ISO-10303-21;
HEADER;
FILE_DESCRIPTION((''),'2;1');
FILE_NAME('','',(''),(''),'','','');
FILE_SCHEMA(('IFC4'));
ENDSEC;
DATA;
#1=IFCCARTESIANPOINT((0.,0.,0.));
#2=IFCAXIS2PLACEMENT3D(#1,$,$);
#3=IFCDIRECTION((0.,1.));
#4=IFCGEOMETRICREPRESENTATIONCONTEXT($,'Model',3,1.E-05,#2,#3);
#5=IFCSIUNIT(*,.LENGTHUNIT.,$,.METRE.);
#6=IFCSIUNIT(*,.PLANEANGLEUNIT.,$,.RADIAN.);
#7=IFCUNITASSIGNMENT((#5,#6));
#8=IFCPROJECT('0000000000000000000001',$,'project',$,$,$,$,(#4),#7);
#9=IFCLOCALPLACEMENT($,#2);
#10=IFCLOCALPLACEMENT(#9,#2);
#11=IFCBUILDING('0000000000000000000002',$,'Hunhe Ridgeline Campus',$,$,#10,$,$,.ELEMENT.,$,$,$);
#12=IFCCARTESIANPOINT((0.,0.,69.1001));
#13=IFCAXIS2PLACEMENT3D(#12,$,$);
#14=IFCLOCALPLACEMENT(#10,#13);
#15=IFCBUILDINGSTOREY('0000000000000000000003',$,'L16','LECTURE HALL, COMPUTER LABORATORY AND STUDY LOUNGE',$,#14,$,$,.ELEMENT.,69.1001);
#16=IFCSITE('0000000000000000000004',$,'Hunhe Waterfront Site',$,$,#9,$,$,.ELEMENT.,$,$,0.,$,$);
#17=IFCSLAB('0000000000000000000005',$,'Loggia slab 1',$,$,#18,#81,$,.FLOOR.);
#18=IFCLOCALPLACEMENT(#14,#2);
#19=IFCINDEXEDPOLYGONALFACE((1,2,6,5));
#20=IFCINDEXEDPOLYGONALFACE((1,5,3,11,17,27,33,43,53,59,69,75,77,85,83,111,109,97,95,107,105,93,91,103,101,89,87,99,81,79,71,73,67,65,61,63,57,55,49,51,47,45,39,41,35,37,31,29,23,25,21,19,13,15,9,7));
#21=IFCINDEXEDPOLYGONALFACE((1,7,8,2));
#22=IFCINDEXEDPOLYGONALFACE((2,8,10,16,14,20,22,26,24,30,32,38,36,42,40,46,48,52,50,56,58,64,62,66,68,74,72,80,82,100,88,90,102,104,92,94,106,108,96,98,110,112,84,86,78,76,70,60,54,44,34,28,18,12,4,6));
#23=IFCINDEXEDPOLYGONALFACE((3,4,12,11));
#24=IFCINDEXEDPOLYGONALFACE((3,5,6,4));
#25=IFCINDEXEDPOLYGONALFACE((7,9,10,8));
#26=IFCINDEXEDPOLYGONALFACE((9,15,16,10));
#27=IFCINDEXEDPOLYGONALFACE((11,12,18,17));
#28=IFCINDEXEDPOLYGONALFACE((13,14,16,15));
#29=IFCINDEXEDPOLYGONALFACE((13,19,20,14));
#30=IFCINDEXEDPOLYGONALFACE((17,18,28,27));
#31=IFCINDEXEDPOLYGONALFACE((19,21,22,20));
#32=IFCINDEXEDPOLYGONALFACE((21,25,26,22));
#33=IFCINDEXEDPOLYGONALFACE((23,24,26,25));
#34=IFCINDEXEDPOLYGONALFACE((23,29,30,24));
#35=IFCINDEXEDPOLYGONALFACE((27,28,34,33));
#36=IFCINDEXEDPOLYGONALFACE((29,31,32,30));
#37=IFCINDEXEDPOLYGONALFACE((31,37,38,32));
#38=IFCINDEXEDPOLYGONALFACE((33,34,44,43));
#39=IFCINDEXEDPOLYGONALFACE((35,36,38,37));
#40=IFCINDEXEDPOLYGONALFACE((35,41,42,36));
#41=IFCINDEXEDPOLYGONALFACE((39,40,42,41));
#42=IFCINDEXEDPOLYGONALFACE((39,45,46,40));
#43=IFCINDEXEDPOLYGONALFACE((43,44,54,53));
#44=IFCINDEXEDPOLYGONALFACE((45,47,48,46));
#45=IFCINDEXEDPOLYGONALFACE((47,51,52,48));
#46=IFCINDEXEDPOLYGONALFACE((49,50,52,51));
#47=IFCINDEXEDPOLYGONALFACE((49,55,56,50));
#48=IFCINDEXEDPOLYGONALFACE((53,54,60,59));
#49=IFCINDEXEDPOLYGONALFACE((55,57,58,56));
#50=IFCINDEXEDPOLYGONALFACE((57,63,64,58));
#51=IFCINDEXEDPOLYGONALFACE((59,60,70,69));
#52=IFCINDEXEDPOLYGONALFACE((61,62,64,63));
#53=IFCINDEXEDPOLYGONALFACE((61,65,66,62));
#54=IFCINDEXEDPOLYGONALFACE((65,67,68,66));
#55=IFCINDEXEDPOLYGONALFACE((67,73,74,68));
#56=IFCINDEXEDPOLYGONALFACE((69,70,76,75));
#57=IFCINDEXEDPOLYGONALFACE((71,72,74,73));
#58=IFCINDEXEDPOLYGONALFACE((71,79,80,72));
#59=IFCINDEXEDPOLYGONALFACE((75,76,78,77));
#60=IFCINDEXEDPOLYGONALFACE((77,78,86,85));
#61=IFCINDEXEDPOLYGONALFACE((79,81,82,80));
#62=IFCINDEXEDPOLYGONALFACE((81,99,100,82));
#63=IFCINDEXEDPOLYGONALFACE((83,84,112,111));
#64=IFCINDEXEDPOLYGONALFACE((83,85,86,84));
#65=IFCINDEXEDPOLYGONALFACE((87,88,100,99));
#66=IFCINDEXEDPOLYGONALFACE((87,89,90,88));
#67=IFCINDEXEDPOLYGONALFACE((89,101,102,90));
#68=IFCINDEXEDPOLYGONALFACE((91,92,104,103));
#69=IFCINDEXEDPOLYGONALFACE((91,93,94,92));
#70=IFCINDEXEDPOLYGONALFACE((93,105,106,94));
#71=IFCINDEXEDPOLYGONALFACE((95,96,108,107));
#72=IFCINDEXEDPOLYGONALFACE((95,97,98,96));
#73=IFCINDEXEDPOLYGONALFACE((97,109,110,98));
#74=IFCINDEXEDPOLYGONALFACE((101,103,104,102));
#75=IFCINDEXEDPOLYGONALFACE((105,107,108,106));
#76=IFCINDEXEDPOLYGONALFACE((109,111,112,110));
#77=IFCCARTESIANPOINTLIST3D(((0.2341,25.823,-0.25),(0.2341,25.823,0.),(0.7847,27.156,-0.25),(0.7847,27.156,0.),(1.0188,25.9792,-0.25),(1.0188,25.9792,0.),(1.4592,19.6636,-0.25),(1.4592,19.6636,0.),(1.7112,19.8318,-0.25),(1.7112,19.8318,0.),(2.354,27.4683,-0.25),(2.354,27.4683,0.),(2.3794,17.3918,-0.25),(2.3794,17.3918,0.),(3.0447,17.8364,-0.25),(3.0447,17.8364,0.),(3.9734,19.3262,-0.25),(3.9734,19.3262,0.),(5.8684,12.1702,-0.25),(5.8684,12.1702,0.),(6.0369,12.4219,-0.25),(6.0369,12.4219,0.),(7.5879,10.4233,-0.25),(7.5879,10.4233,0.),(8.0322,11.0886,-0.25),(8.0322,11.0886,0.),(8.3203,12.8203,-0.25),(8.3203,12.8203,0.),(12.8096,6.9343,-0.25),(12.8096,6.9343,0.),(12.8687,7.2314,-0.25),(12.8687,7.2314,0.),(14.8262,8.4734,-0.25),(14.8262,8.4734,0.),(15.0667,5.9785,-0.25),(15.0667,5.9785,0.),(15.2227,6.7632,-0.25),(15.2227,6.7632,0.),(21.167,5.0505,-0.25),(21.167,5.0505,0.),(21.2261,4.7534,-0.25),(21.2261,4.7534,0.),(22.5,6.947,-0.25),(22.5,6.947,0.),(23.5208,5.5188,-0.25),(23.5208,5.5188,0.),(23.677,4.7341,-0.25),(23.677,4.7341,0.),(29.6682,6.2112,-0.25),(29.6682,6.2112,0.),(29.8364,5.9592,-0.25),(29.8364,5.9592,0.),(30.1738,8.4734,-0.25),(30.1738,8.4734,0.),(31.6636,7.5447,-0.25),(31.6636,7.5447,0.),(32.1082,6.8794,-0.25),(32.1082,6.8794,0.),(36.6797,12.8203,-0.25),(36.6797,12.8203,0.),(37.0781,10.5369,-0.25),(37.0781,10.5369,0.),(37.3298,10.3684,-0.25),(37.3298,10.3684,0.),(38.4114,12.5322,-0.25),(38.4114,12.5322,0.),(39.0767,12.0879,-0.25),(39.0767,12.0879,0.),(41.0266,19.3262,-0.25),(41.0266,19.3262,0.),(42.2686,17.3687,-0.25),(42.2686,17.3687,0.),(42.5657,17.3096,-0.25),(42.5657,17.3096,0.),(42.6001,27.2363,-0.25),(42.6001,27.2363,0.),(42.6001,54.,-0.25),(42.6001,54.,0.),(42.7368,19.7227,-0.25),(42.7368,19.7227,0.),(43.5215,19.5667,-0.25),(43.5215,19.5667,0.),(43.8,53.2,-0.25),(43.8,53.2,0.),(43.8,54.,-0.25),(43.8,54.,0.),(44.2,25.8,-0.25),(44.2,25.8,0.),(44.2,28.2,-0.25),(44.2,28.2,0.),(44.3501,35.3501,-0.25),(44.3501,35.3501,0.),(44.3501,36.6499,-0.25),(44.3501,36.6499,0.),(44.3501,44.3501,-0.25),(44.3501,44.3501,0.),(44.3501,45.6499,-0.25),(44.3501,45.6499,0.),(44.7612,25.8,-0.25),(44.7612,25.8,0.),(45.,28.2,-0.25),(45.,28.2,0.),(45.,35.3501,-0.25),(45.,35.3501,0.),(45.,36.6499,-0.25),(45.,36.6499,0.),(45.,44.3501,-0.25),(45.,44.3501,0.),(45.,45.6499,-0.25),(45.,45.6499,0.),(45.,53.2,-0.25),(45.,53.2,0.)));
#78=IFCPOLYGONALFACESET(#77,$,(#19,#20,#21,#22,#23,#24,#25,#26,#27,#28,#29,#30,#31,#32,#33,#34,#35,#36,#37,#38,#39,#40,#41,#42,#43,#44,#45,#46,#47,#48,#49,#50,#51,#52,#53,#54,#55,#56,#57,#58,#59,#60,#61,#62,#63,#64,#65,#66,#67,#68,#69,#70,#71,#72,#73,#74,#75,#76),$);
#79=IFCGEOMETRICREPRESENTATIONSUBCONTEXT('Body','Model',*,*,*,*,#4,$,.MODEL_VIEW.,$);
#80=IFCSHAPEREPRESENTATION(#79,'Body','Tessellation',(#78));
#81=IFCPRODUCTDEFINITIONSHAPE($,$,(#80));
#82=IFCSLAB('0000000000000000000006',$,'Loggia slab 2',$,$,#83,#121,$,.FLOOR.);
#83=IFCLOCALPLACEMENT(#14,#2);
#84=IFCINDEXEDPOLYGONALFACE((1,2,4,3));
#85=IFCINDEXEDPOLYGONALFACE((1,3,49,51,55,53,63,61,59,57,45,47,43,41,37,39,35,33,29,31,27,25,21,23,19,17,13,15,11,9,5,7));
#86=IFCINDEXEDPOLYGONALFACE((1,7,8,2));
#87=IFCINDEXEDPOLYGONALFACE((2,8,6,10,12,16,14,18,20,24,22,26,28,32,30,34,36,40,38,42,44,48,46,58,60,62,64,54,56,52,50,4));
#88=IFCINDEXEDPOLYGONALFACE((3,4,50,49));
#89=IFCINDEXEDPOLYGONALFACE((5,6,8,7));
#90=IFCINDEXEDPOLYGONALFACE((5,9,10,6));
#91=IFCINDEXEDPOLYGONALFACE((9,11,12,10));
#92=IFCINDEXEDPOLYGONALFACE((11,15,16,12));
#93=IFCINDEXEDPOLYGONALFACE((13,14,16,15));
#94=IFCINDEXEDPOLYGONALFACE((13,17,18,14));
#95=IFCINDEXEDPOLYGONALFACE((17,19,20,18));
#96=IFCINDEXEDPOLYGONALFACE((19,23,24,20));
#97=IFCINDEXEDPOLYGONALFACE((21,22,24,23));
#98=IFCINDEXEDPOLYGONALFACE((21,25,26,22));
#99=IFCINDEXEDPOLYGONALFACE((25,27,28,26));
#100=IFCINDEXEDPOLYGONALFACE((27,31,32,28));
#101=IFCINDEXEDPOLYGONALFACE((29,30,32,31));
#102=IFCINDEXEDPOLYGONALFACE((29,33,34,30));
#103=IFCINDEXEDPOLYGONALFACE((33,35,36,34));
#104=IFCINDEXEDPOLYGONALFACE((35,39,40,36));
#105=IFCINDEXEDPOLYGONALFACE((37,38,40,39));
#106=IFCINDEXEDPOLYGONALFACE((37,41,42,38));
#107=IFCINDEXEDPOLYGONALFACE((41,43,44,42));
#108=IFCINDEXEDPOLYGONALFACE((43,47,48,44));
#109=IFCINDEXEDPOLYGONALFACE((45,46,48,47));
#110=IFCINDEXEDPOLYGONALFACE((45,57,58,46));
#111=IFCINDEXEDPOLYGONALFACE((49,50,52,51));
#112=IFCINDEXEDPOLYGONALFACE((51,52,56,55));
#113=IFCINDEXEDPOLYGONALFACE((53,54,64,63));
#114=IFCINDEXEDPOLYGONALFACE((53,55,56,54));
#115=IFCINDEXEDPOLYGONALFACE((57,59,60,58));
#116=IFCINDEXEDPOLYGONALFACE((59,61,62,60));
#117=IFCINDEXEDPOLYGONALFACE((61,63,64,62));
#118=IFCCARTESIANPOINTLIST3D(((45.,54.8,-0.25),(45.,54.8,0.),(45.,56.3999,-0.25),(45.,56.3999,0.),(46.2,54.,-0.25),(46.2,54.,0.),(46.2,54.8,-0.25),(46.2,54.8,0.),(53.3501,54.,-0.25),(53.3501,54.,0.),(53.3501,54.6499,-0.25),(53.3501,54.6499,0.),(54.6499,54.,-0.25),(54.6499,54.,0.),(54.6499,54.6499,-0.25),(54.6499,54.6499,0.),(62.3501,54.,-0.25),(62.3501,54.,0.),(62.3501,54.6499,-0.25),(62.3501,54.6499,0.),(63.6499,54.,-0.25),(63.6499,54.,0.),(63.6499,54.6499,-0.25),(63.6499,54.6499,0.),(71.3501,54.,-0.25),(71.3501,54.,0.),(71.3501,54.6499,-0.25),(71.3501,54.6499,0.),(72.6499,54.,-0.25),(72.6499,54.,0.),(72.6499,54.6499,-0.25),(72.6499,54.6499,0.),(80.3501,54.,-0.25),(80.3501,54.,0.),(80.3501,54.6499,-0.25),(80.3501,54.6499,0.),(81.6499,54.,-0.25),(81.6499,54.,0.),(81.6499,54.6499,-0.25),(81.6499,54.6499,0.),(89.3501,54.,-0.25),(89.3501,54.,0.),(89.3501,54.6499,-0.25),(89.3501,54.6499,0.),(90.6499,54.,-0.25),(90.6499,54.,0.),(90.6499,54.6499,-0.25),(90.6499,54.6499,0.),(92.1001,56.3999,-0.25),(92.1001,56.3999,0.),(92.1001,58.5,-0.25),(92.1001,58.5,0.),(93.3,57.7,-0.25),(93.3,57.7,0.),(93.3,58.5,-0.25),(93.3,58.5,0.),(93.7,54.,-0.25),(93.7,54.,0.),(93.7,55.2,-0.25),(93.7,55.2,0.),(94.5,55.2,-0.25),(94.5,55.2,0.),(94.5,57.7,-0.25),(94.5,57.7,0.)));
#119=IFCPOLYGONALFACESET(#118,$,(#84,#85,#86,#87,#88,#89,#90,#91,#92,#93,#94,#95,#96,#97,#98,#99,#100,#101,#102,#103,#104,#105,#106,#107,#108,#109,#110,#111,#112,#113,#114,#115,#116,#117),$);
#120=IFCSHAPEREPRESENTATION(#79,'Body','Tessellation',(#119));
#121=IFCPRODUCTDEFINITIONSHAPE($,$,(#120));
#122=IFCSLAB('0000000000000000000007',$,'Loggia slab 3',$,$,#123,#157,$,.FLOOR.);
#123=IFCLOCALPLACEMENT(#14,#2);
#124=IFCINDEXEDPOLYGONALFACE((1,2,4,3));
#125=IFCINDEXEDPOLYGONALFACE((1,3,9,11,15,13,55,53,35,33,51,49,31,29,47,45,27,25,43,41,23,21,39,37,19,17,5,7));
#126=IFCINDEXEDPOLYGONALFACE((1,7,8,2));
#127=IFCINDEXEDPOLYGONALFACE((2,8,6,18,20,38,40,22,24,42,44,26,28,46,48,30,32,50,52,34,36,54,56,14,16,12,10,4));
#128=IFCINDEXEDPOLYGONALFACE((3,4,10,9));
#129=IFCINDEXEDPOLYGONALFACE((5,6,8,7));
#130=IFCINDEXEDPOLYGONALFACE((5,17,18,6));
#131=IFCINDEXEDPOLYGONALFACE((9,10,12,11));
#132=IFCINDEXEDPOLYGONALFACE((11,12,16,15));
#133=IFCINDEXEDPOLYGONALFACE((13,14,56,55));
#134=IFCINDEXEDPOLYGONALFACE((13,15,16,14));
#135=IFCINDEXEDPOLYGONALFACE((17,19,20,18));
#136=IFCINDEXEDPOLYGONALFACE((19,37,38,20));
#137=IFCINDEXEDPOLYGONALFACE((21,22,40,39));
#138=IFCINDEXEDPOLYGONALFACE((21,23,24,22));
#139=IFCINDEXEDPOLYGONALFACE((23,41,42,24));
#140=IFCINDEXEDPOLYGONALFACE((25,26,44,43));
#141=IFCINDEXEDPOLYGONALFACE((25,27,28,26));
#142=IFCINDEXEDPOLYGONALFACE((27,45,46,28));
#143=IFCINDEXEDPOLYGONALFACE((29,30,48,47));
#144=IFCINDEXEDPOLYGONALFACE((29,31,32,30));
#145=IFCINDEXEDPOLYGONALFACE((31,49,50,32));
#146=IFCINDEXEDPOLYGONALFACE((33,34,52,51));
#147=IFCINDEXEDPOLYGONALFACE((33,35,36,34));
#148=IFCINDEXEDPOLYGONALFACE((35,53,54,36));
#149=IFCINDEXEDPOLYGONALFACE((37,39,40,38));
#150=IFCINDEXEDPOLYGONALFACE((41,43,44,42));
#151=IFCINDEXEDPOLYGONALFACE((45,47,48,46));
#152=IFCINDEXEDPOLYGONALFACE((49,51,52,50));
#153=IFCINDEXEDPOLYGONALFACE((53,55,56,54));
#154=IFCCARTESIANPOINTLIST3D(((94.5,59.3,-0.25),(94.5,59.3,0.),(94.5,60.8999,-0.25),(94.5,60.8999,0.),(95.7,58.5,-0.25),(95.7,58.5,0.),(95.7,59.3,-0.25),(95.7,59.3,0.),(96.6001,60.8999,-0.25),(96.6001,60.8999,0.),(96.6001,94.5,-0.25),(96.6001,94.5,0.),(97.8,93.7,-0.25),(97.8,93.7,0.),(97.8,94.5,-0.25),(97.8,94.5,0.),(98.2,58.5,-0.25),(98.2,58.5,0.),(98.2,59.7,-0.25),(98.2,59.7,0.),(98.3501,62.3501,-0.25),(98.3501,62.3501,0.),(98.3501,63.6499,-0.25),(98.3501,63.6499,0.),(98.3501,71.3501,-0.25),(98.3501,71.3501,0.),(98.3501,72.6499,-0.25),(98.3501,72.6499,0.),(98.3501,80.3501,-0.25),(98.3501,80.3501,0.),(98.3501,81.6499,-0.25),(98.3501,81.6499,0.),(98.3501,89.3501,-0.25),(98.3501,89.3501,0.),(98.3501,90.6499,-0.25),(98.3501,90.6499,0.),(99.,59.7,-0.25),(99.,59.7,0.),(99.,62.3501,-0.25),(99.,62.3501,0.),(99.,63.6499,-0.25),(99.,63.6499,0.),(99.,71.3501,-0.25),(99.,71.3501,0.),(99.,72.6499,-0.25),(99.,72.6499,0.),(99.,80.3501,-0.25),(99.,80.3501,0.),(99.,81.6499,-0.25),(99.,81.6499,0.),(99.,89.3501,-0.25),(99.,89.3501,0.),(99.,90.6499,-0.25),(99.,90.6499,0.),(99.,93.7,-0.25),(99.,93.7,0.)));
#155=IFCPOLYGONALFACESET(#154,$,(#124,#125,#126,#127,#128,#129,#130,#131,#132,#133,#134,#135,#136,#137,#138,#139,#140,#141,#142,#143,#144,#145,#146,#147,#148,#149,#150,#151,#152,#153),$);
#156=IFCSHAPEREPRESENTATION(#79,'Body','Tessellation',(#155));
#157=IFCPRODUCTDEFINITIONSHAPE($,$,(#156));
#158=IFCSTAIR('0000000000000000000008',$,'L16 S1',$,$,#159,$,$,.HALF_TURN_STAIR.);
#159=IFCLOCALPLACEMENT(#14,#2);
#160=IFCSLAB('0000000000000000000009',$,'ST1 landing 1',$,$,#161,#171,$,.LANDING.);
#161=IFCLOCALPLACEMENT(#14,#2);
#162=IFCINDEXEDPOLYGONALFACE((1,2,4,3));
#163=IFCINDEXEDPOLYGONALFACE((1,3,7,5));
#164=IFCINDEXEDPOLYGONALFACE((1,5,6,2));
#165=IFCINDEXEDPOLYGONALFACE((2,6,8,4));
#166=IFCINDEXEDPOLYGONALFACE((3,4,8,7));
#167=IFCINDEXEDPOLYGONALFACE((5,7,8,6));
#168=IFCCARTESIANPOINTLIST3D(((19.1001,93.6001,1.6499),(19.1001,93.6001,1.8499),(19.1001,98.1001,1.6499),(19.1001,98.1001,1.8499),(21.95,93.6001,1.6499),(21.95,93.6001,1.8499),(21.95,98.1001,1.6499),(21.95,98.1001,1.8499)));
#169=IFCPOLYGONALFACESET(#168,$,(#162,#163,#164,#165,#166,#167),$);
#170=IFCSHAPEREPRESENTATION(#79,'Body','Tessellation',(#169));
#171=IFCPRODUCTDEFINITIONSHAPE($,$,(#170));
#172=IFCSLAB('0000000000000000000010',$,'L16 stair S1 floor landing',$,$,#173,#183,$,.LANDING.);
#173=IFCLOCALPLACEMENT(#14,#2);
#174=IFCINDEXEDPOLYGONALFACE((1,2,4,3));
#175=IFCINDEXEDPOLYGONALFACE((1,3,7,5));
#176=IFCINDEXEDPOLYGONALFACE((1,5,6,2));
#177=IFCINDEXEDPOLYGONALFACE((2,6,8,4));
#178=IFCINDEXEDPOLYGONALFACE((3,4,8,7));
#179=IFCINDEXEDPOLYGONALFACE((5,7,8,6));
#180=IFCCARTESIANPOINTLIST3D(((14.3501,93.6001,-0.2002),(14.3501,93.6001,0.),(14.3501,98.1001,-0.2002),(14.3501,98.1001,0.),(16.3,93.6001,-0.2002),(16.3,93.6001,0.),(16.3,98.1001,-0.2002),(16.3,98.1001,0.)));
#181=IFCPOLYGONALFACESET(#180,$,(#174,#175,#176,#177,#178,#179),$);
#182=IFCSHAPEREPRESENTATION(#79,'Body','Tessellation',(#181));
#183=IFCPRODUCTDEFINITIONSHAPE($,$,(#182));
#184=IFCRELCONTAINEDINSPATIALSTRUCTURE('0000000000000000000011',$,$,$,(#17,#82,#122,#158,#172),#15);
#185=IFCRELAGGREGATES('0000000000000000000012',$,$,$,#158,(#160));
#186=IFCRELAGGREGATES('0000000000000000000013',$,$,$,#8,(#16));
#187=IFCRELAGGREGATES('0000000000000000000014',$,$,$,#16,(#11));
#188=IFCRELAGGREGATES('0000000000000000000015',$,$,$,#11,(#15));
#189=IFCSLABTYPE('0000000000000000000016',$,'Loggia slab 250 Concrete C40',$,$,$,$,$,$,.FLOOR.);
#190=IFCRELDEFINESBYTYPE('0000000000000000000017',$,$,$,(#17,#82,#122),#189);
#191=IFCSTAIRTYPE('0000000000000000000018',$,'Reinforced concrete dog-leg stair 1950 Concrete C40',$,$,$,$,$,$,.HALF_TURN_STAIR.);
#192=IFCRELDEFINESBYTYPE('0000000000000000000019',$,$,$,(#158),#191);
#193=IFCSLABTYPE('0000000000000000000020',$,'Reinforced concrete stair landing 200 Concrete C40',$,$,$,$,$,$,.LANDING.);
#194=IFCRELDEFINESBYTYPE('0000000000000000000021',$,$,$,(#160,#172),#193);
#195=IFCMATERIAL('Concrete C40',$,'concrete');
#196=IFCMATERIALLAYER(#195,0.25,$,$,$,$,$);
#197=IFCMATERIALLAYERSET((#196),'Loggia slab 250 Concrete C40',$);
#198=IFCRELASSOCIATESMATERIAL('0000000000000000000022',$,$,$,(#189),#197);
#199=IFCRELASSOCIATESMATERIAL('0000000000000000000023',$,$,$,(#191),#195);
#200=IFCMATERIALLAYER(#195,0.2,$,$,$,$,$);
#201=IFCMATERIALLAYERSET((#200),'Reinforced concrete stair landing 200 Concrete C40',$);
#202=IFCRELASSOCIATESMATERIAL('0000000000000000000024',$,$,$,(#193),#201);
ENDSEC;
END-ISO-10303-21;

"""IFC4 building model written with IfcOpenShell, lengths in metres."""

from ifc_helpers import new_model, si_unit, direction, frame, origin, place, context, subcontext, project, spatial, polyline, outline, extrude, material, layer, layer_set, type_object, element, aggregate, save


model = new_model("IFC4")

# Units and contexts
model_context = context("Model", 3, precision=1e-05, world=origin(), true_north=direction((0.0, 1.0)))
body_context = subcontext(model_context, "Body", "Model", "MODEL_VIEW")
ifc_project = project(units=[si_unit("LENGTHUNIT", "METRE"), si_unit("PLANEANGLEUNIT", "RADIAN")], contexts=[model_context])

# Site, building, storey
site_placement = place(None, origin())
site = spatial("IfcSite", under=ifc_project, at=site_placement, Name="Hunhe Waterfront Site", CompositionType="ELEMENT", RefElevation=0.0)
building_placement = place(site_placement, origin())
building = spatial("IfcBuilding", under=site, at=building_placement, Name="Hunhe Ridgeline Campus", CompositionType="ELEMENT")
storey_placement = place(building_placement, frame((0.0, 0.0, 69.1001)))
storey = spatial("IfcBuildingStorey", under=building, at=storey_placement, Name="L16", Description="LECTURE HALL, COMPUTER LABORATORY AND STUDY LOUNGE", CompositionType="ELEMENT", Elevation=69.1001)

# Slabs
ifc_material_1 = material(Name="Concrete C40", Category="concrete")
ifc_layer_1 = layer(ifc_material_1, 0.25)
ifc_layer_set_1 = layer_set([ifc_layer_1], Name="Loggia slab 250 Concrete C40")
slab_type_1 = type_object("IfcSlabType", Name="Loggia slab 250 Concrete C40", PredefinedType="FLOOR", material=ifc_layer_set_1)
slab_1_placement = place(storey_placement, frame((0.0, 0.0, -0.25)))
element("IfcSlab", 1, at=slab_1_placement, inside=storey, type_object=slab_type_1, Name="Loggia slab 1", PredefinedType="FLOOR", context=body_context, shape_type="SweptSolid", body=[
    extrude(outline(polyline([(30.1738, 8.4734), (22.5, 6.947), (14.8262, 8.4734), (8.3203, 12.8203), (3.9734, 19.3262), (2.354, 27.4683), (0.7847, 27.156), (1.0188, 25.9792), (0.2341, 25.823), (1.4592, 19.6636), (1.7112, 19.8318), (3.0447, 17.8364), (2.3794, 17.3918), (5.8684, 12.1702), (6.0369, 12.4219), (8.0322, 11.0886), (7.5879, 10.4233), (12.8096, 6.9343), (12.8687, 7.2314), (15.2227, 6.7632), (15.0667, 5.9785), (21.2261, 4.7534), (21.167, 5.0505), (23.5208, 5.5188), (23.677, 4.7341), (29.8364, 5.9592), (29.6682, 6.2112), (31.6636, 7.5447), (32.1082, 6.8794), (37.3298, 10.3684), (37.0781, 10.5369), (38.4114, 12.5322), (39.0767, 12.0879), (42.5657, 17.3096), (42.2686, 17.3687), (42.7368, 19.7227), (43.5215, 19.5667), (44.7612, 25.8), (44.2, 25.8), (44.2, 28.2), (45.0, 28.2), (45.0, 35.3501), (44.3501, 35.3501), (44.3501, 36.6499), (45.0, 36.6499), (45.0, 44.3501), (44.3501, 44.3501), (44.3501, 45.6499), (45.0, 45.6499), (45.0, 53.2), (43.8, 53.2), (43.8, 54.0), (42.6001, 54.0), (42.6001, 27.2363), (41.0266, 19.3262), (36.6797, 12.8203), (30.1738, 8.4734)])), origin(), (0.0, 0.0, 1.0), 0.25),
])
slab_2_placement = place(storey_placement, frame((0.0, 0.0, -0.25)))
element("IfcSlab", 2, at=slab_2_placement, inside=storey, type_object=slab_type_1, Name="Loggia slab 2", PredefinedType="FLOOR", context=body_context, shape_type="SweptSolid", body=[
    extrude(outline(polyline([(45.0, 54.8), (46.2, 54.8), (46.2, 54.0), (53.3501, 54.0), (53.3501, 54.6499), (54.6499, 54.6499), (54.6499, 54.0), (62.3501, 54.0), (62.3501, 54.6499), (63.6499, 54.6499), (63.6499, 54.0), (71.3501, 54.0), (71.3501, 54.6499), (72.6499, 54.6499), (72.6499, 54.0), (80.3501, 54.0), (80.3501, 54.6499), (81.6499, 54.6499), (81.6499, 54.0), (89.3501, 54.0), (89.3501, 54.6499), (90.6499, 54.6499), (90.6499, 54.0), (93.7, 54.0), (93.7, 55.2), (94.5, 55.2), (94.5, 57.7), (93.3, 57.7), (93.3, 58.5), (92.1001, 58.5), (92.1001, 56.3999), (45.0, 56.3999), (45.0, 54.8)])), origin(), (0.0, 0.0, 1.0), 0.25),
])
slab_3_placement = place(storey_placement, frame((0.0, 0.0, -0.25)))
element("IfcSlab", 3, at=slab_3_placement, inside=storey, type_object=slab_type_1, Name="Loggia slab 3", PredefinedType="FLOOR", context=body_context, shape_type="SweptSolid", body=[
    extrude(outline(polyline([(94.5, 59.3), (95.7, 59.3), (95.7, 58.5), (98.2, 58.5), (98.2, 59.7), (99.0, 59.7), (99.0, 62.3501), (98.3501, 62.3501), (98.3501, 63.6499), (99.0, 63.6499), (99.0, 71.3501), (98.3501, 71.3501), (98.3501, 72.6499), (99.0, 72.6499), (99.0, 80.3501), (98.3501, 80.3501), (98.3501, 81.6499), (99.0, 81.6499), (99.0, 89.3501), (98.3501, 89.3501), (98.3501, 90.6499), (99.0, 90.6499), (99.0, 93.7), (97.8, 93.7), (97.8, 94.5), (96.6001, 94.5), (96.6001, 60.8999), (94.5, 60.8999), (94.5, 59.3)])), origin(), (0.0, 0.0, 1.0), 0.25),
])

# Stair, slab
stair_type = type_object("IfcStairType", Name="Reinforced concrete dog-leg stair 1950 Concrete C40", PredefinedType="HALF_TURN_STAIR", material=ifc_material_1)
stair_1_placement = place(storey_placement, origin())
stair_1 = element("IfcStair", 4, at=stair_1_placement, inside=storey, type_object=stair_type, Name="L16 S1", PredefinedType="HALF_TURN_STAIR")
ifc_layer_2 = layer(ifc_material_1, 0.2)
ifc_layer_set_2 = layer_set([ifc_layer_2], Name="Reinforced concrete stair landing 200 Concrete C40")
slab_type_2 = type_object("IfcSlabType", Name="Reinforced concrete stair landing 200 Concrete C40", PredefinedType="LANDING", material=ifc_layer_set_2)
slab_4_placement = place(storey_placement, frame((0.0, 0.0, 1.6499)))
slab_4 = element("IfcSlab", 5, at=slab_4_placement, type_object=slab_type_2, Name="ST1 landing 1", PredefinedType="LANDING", context=body_context, shape_type="SweptSolid", body=[
    extrude(outline(polyline([(19.1001, 93.6001), (21.95, 93.6001), (21.95, 98.1001), (19.1001, 98.1001), (19.1001, 93.6001)])), origin(), (0.0, 0.0, 1.0), 0.2),
])
aggregate(stair_1, [slab_4])

# Slab
slab_5_placement = place(storey_placement, frame((0.0, 0.0, -0.2002)))
element("IfcSlab", 6, at=slab_5_placement, inside=storey, type_object=slab_type_2, Name="L16 stair S1 floor landing", PredefinedType="LANDING", context=body_context, shape_type="SweptSolid", body=[
    extrude(outline(polyline([(14.3501, 93.6001), (16.3, 93.6001), (16.3, 98.1001), (14.3501, 98.1001), (14.3501, 93.6001)])), origin(), (0.0, 0.0, 1.0), 0.2002),
])

save(model, "model.ifc")
